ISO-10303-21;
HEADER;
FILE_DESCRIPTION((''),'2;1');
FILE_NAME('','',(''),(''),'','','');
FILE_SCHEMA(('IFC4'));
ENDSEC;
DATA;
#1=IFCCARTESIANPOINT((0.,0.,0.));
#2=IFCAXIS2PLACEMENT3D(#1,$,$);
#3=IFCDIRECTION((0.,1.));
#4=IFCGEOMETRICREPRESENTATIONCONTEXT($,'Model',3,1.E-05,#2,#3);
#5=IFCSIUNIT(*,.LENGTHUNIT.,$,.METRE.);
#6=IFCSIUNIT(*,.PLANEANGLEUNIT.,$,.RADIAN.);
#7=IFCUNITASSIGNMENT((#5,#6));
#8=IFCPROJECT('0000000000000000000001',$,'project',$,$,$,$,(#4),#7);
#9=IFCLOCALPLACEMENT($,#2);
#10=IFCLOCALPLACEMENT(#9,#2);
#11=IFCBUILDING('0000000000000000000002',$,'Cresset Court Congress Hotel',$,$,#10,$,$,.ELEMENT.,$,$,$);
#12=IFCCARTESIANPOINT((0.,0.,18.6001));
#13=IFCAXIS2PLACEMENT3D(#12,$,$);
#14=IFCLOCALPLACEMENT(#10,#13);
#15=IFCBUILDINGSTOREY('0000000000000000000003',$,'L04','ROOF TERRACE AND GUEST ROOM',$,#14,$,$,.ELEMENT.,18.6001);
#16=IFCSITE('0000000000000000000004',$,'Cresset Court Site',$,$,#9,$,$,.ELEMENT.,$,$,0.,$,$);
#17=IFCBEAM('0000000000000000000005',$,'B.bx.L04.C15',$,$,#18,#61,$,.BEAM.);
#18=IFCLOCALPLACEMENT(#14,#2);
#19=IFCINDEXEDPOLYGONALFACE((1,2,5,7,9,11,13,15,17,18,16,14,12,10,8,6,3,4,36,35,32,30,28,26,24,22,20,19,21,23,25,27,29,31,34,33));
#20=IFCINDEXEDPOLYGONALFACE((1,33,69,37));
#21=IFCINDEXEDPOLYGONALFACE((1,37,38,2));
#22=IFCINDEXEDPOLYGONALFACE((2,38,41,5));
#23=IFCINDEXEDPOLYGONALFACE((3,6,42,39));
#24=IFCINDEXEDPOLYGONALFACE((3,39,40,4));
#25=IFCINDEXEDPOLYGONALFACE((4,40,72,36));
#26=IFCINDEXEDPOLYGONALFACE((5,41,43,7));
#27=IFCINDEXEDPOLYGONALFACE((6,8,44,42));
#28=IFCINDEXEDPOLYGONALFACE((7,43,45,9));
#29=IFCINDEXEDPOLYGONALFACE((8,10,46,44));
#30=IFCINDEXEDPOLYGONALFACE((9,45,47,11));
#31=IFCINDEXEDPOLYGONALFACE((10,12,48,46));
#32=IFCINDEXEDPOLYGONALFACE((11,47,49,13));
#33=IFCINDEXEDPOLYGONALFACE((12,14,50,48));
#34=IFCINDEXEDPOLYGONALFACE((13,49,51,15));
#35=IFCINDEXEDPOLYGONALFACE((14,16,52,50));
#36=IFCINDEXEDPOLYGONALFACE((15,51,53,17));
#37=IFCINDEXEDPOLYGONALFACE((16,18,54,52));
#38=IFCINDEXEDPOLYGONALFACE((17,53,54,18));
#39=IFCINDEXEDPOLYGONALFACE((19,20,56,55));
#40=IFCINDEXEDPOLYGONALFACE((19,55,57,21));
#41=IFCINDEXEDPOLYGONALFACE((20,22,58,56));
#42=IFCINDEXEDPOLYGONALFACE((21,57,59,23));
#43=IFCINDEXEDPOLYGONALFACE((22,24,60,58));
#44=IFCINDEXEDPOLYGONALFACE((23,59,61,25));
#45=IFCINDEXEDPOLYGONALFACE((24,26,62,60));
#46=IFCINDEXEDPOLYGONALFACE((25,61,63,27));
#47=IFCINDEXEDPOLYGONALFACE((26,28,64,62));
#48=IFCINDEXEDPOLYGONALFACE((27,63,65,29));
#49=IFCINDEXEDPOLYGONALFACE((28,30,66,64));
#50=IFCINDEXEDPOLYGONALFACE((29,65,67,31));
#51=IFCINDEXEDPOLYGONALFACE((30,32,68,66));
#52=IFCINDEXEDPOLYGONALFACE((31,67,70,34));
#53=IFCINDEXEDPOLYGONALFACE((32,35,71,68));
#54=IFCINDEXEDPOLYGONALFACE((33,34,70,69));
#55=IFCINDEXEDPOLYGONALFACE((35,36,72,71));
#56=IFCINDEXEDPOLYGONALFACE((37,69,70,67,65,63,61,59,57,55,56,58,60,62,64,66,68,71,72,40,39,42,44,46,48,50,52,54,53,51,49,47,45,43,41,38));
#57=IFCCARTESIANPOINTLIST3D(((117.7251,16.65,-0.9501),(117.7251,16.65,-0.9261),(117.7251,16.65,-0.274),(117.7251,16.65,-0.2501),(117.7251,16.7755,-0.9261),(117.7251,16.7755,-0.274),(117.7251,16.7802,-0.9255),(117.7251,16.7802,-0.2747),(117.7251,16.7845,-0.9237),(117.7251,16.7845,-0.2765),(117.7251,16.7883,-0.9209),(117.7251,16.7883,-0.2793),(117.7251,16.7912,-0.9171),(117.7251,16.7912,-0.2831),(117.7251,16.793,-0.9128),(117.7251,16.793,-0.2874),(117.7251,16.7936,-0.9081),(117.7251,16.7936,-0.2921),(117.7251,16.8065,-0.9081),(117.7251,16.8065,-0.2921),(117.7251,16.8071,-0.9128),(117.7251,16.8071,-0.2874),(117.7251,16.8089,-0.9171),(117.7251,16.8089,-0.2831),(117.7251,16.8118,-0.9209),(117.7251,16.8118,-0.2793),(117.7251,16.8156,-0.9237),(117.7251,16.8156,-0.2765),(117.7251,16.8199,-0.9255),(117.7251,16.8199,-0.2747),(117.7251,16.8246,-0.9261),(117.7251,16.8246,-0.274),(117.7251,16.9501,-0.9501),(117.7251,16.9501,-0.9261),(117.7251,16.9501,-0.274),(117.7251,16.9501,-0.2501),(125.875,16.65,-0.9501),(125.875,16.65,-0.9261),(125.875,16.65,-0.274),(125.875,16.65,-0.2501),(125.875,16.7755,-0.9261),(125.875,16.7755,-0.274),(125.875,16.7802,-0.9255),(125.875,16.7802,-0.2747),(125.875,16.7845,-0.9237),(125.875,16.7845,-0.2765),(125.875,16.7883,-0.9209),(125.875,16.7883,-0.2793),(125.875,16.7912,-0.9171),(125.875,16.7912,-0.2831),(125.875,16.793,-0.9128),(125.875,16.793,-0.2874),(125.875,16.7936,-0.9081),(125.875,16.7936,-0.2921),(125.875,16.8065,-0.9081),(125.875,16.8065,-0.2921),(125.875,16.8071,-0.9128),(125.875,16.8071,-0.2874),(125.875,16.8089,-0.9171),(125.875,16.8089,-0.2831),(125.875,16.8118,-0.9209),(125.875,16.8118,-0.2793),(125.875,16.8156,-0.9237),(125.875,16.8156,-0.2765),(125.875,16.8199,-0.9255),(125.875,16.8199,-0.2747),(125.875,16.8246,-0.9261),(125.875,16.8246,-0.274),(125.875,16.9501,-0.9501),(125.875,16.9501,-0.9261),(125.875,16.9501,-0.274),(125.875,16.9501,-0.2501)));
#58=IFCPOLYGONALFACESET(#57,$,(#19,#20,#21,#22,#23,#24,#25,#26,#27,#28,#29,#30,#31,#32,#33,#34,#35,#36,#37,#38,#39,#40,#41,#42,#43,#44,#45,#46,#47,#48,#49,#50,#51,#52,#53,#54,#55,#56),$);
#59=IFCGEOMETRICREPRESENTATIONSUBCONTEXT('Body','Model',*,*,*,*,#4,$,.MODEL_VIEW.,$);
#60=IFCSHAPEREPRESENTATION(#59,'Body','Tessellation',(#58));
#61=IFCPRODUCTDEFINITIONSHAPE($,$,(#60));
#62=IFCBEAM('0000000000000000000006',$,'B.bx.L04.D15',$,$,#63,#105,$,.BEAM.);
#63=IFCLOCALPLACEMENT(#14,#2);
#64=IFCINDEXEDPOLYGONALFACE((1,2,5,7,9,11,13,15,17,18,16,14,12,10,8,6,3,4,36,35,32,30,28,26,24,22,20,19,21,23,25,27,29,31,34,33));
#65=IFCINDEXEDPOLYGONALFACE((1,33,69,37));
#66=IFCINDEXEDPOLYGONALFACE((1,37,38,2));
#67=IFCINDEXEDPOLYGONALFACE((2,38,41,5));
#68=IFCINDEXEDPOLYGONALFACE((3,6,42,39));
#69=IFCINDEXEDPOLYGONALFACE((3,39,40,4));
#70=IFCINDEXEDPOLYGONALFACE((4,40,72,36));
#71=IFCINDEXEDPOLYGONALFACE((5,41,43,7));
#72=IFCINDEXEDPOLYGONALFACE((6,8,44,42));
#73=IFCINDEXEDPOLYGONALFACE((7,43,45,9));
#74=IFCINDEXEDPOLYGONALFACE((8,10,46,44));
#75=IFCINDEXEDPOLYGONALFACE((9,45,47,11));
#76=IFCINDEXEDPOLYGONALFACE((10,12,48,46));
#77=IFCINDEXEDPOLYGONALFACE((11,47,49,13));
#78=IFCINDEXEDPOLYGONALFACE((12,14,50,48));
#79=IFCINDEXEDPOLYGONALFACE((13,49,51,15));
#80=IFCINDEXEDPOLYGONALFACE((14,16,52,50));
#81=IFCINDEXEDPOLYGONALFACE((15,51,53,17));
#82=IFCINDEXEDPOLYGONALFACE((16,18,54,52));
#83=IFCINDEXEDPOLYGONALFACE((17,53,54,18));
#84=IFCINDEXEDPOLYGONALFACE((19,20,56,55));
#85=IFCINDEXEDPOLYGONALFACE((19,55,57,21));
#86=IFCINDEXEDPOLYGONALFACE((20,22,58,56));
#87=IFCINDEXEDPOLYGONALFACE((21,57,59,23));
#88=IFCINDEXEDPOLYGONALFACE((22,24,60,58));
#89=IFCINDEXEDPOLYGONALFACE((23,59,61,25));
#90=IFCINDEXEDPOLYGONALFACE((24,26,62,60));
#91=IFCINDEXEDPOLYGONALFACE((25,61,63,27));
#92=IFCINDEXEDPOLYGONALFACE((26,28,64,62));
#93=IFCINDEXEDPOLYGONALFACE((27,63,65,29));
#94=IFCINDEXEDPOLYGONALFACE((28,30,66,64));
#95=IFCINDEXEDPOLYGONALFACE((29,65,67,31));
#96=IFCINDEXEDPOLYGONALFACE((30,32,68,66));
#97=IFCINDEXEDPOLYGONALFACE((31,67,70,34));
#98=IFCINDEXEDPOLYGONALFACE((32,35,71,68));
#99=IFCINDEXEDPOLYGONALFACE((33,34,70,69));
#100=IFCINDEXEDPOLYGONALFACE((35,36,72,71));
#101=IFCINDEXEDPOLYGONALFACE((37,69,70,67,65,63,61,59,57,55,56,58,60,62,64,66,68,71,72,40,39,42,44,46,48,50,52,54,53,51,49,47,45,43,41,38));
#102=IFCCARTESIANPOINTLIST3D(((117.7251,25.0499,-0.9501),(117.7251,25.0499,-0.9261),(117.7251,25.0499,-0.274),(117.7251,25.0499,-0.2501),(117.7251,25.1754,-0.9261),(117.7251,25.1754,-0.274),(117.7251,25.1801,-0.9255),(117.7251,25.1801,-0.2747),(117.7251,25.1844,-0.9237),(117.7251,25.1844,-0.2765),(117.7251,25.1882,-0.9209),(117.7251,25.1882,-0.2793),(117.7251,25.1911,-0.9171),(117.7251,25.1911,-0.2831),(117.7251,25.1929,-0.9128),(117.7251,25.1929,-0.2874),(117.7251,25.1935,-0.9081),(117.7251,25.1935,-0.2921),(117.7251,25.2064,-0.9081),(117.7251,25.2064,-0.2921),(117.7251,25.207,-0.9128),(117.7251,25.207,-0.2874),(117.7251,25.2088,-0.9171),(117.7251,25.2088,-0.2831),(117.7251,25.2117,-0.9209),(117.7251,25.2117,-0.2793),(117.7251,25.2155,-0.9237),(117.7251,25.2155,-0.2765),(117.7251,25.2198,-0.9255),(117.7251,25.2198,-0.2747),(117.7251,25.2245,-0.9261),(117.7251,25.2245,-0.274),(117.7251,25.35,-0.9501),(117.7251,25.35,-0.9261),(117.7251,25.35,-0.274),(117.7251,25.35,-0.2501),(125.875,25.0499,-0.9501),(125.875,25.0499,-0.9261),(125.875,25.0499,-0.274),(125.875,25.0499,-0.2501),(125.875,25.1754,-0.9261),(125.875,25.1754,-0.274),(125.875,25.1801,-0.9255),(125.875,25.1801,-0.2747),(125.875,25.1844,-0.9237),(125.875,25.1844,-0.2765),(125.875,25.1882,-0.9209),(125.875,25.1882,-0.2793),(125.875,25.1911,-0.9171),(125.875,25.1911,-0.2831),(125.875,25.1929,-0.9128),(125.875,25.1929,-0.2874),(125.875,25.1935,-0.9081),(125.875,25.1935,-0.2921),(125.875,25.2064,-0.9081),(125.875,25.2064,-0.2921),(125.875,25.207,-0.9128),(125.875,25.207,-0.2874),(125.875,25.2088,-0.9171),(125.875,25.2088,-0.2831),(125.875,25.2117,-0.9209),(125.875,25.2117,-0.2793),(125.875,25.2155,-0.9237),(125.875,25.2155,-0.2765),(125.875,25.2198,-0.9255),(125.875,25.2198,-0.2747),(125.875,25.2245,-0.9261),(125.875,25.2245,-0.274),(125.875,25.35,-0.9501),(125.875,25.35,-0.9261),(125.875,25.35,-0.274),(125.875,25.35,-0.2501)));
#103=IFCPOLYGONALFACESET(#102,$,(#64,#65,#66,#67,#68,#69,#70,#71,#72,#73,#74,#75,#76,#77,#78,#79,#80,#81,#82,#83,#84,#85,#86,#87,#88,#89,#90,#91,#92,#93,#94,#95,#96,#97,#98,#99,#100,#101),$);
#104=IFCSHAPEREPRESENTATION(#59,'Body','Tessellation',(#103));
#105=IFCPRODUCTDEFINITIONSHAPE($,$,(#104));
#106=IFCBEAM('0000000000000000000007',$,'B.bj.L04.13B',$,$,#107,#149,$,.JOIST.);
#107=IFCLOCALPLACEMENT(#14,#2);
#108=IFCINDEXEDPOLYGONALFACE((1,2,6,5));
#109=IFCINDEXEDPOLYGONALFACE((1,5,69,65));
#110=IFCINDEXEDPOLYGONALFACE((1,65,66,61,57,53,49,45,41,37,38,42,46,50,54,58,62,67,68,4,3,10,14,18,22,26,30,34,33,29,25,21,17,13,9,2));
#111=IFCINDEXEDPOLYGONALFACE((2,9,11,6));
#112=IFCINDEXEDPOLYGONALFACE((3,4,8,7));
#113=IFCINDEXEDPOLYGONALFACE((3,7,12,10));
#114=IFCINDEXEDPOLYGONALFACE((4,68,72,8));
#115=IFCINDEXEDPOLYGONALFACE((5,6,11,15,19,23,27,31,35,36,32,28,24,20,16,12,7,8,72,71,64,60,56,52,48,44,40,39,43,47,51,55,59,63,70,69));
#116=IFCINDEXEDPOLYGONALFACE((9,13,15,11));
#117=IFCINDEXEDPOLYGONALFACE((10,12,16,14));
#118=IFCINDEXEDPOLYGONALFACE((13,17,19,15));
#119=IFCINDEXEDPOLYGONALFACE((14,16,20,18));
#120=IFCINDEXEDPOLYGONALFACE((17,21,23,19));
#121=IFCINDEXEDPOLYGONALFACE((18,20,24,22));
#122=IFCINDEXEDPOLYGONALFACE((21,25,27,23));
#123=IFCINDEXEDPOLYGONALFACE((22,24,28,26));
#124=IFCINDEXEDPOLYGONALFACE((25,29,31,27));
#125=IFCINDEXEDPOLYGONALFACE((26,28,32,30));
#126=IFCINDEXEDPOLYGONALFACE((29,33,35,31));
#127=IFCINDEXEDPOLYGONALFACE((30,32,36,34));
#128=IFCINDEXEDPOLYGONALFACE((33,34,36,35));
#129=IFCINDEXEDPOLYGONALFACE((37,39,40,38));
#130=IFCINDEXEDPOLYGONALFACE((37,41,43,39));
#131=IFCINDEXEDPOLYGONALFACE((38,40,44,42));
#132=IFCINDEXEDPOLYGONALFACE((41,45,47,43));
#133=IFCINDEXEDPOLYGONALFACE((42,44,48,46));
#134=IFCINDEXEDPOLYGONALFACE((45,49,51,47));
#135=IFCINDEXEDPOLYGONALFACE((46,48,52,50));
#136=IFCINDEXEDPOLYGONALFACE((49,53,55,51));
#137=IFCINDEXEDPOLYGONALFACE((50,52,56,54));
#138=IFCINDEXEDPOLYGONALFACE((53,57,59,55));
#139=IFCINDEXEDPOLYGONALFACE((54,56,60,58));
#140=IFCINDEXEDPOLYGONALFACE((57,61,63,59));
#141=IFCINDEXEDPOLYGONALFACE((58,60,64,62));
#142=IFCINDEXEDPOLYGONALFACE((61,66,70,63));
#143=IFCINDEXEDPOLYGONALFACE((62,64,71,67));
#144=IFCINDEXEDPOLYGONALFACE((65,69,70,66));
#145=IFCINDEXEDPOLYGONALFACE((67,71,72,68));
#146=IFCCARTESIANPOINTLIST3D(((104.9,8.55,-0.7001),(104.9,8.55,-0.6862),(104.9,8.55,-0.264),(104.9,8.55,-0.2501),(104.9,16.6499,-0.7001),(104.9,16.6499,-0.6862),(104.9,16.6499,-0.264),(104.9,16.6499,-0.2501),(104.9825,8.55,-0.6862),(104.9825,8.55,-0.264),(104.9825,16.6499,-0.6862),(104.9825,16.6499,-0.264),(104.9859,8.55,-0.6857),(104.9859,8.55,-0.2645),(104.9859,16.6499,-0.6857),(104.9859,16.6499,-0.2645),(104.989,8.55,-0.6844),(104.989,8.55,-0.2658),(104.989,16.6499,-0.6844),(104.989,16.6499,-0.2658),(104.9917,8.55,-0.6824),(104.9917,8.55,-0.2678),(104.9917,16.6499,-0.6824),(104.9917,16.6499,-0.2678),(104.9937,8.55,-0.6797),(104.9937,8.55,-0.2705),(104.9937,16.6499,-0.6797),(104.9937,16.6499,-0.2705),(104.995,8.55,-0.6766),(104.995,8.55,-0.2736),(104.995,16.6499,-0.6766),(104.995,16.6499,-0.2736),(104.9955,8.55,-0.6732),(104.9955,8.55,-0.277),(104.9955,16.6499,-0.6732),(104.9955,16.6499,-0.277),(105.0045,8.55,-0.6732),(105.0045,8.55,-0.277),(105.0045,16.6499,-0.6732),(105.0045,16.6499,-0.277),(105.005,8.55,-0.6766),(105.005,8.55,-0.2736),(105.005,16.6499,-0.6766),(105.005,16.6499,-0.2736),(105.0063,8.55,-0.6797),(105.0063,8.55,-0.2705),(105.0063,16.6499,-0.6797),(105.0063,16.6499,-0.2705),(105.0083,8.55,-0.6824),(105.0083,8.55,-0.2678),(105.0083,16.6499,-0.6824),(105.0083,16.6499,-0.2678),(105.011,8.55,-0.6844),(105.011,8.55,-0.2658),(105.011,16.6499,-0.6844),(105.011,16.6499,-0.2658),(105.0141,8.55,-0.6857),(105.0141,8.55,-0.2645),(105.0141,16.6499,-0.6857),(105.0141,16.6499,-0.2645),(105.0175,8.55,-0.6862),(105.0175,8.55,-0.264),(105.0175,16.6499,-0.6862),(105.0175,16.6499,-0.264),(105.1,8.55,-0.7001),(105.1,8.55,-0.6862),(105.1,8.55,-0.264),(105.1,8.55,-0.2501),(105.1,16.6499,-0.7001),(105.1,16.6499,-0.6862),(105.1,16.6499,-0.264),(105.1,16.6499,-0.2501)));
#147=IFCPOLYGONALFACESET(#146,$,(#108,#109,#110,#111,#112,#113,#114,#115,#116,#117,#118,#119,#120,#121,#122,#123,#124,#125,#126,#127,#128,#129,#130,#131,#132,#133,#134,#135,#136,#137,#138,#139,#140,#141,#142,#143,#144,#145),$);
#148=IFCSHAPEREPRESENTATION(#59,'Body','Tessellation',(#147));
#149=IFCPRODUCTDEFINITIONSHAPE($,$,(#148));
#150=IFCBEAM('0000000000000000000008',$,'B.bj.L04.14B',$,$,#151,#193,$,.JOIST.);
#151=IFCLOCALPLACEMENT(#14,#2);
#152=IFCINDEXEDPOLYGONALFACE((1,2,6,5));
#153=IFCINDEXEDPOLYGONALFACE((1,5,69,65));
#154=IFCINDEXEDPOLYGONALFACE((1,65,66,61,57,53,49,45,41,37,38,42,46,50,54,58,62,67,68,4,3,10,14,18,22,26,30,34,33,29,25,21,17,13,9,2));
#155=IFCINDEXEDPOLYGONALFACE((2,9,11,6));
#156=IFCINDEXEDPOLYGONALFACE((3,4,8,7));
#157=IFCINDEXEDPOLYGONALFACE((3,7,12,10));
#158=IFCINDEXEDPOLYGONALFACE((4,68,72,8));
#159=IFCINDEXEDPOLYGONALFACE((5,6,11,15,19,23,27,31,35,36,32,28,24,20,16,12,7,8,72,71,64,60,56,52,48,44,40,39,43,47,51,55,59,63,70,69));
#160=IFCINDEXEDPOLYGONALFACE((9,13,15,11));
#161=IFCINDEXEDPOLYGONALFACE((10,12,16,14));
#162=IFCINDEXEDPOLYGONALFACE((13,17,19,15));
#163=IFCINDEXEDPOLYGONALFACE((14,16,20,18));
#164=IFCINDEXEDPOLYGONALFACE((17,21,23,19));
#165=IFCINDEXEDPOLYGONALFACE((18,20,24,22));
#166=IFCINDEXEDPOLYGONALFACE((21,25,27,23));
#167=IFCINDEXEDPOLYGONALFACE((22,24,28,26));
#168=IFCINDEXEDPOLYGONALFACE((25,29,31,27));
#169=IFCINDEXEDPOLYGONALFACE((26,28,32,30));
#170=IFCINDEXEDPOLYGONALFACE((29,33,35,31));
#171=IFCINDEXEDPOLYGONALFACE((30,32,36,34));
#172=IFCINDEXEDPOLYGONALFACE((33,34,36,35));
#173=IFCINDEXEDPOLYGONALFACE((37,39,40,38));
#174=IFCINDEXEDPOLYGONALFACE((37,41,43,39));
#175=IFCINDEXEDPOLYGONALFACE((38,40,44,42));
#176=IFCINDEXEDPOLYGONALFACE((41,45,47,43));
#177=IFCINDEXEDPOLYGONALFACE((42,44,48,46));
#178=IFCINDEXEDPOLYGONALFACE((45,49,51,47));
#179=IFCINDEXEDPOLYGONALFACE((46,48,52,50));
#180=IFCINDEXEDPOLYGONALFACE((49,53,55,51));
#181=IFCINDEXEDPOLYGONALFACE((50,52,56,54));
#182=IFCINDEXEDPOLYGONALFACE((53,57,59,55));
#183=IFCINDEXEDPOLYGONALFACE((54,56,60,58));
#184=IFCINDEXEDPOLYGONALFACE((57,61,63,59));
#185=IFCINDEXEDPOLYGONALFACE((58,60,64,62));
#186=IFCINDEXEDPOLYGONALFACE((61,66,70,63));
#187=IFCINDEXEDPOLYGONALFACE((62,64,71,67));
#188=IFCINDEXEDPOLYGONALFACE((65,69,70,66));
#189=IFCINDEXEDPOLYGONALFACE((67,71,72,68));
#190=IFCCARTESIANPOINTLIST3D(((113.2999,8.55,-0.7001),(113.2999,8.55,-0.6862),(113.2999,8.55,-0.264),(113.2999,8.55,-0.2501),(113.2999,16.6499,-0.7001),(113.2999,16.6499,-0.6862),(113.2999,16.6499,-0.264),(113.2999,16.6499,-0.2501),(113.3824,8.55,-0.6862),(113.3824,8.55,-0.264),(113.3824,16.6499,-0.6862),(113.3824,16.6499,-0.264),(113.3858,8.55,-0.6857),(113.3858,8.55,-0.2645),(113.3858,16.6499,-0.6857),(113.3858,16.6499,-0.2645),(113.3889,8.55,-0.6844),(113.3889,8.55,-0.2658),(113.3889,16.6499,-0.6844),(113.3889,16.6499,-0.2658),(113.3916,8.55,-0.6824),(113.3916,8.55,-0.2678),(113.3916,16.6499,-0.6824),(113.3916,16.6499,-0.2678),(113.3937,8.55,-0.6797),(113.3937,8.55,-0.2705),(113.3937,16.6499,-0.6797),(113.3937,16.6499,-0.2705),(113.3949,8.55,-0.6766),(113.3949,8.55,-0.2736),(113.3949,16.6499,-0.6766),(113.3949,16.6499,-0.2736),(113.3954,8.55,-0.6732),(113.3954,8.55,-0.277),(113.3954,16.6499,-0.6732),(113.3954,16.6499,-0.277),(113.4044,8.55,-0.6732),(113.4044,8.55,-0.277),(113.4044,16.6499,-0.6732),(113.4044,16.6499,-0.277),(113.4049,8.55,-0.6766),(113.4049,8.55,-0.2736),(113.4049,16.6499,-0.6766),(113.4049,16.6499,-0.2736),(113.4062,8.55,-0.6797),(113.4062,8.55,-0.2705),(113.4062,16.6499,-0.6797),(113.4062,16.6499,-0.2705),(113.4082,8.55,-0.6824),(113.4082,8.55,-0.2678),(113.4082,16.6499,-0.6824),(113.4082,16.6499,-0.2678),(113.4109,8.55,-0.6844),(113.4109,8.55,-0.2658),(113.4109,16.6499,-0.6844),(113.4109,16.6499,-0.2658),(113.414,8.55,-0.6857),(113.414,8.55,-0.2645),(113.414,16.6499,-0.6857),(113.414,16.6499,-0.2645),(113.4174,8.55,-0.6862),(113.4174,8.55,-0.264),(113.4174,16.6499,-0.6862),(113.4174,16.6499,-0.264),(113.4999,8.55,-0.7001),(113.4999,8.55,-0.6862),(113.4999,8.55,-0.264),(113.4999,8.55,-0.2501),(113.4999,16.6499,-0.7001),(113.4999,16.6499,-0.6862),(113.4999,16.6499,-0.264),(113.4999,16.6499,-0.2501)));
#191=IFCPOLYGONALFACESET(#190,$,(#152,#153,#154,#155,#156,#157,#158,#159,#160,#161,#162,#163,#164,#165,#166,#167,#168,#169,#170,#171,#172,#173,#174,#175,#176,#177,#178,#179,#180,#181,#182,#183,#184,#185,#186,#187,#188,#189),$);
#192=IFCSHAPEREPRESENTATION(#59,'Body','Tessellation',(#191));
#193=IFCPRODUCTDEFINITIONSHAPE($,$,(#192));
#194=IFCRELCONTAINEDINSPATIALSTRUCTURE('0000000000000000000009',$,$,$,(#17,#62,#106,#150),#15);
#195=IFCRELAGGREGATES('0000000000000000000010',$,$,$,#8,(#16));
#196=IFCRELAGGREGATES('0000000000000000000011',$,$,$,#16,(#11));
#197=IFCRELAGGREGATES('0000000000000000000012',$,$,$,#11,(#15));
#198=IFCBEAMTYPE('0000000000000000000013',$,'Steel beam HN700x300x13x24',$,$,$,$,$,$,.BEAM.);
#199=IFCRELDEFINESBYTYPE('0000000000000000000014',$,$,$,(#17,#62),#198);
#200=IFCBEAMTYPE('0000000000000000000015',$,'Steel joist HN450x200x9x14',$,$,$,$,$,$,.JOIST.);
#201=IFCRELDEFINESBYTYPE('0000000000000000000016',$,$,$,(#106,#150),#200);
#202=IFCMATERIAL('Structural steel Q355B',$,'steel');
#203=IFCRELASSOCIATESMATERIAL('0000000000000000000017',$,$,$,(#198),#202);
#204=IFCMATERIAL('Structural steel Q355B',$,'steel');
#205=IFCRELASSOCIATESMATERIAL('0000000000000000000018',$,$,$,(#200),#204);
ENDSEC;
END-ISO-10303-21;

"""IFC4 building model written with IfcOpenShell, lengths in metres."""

from ifc_helpers import new_model, si_unit, direction, frame, origin, origin_2d, place, context, subcontext, project, spatial, i_section, extrude, material, material_profile, profile_set, type_object, element, save


model = new_model("IFC4")

# Units and contexts
model_context = context("Model", 3, precision=1e-05, world=origin(), true_north=direction((0.0, 1.0)))
body_context = subcontext(model_context, "Body", "Model", "MODEL_VIEW")
ifc_project = project(units=[si_unit("LENGTHUNIT", "METRE"), si_unit("PLANEANGLEUNIT", "RADIAN")], contexts=[model_context])

# Site, building, storey
site_placement = place(None, origin())
site = spatial("IfcSite", under=ifc_project, at=site_placement, Name="Cresset Court Site", CompositionType="ELEMENT", RefElevation=0.0)
building_placement = place(site_placement, origin())
building = spatial("IfcBuilding", under=site, at=building_placement, Name="Cresset Court Congress Hotel", CompositionType="ELEMENT")
storey_placement = place(building_placement, frame((0.0, 0.0, 18.6001)))
storey = spatial("IfcBuildingStorey", under=building, at=storey_placement, Name="L04", Description="ROOF TERRACE AND GUEST ROOM", CompositionType="ELEMENT", Elevation=18.6001)

# Beams
ifc_material_1 = material(Name="Structural steel Q355B", Category="steel")
ifc_material_profile_1 = material_profile(ifc_material_1, i_section(OverallWidth=0.3, OverallDepth=0.7, WebThickness=0.0129, FlangeThickness=0.0239, FilletRadius=0.0181, at=origin_2d()), Name="HN700x300x13x24")
ifc_profile_set_1 = profile_set([ifc_material_profile_1], Name="Structural steel Q355B")
beam_type_1 = type_object("IfcBeamType", Name="Steel beam HN700x300x13x24", PredefinedType="BEAM", material=ifc_profile_set_1)
for number, where, z_axis, x_axis, name in (
    (1, (117.7251, 16.8, -0.6001), (1.0, 0.0, 0.0), (0.0, 1.0, 0.0), "B.bx.L04.C15"),
    (2, (117.7251, 25.2, -0.6001), (1.0, 0.0, 0.0), (0.0, 1.0, 0.0), "B.bx.L04.D15"),
):
    element("IfcBeam", number, at=place(storey_placement, frame(where, z_axis=z_axis, x_axis=x_axis)), inside=storey, type_object=beam_type_1, Name=name, PredefinedType="BEAM", context=body_context, shape_type="SweptSolid", body=[
        extrude(i_section(OverallWidth=0.3, OverallDepth=0.7, WebThickness=0.0129, FlangeThickness=0.0239, FilletRadius=0.0181, at=origin_2d()), origin(), (0.0, 0.0, 1.0), 8.1499),
    ])
ifc_material_2 = material(Name="Structural steel Q355B", Category="steel")
ifc_material_profile_2 = material_profile(ifc_material_2, i_section(OverallWidth=0.2, OverallDepth=0.45, WebThickness=0.009, FlangeThickness=0.0139, FilletRadius=0.0129, at=origin_2d()), Name="HN450x200x9x14")
ifc_profile_set_2 = profile_set([ifc_material_profile_2], Name="Structural steel Q355B")
beam_type_2 = type_object("IfcBeamType", Name="Steel joist HN450x200x9x14", PredefinedType="JOIST", material=ifc_profile_set_2)
for number, where, z_axis, x_axis, name in (
    (3, (105.0, 8.55, -0.4751), (0.0, 1.0, 0.0), (-1.0, 0.0, 0.0), "B.bj.L04.13B"),
    (4, (113.3999, 8.55, -0.4751), (0.0, 1.0, 0.0), (-1.0, 0.0, 0.0), "B.bj.L04.14B"),
):
    element("IfcBeam", number, at=place(storey_placement, frame(where, z_axis=z_axis, x_axis=x_axis)), inside=storey, type_object=beam_type_2, Name=name, PredefinedType="JOIST", context=body_context, shape_type="SweptSolid", body=[
        extrude(i_section(OverallWidth=0.2, OverallDepth=0.45, WebThickness=0.009, FlangeThickness=0.0139, FilletRadius=0.0129, at=origin_2d()), origin(), (0.0, 0.0, 1.0), 8.0999),
    ])

save(model, "model.ifc")
